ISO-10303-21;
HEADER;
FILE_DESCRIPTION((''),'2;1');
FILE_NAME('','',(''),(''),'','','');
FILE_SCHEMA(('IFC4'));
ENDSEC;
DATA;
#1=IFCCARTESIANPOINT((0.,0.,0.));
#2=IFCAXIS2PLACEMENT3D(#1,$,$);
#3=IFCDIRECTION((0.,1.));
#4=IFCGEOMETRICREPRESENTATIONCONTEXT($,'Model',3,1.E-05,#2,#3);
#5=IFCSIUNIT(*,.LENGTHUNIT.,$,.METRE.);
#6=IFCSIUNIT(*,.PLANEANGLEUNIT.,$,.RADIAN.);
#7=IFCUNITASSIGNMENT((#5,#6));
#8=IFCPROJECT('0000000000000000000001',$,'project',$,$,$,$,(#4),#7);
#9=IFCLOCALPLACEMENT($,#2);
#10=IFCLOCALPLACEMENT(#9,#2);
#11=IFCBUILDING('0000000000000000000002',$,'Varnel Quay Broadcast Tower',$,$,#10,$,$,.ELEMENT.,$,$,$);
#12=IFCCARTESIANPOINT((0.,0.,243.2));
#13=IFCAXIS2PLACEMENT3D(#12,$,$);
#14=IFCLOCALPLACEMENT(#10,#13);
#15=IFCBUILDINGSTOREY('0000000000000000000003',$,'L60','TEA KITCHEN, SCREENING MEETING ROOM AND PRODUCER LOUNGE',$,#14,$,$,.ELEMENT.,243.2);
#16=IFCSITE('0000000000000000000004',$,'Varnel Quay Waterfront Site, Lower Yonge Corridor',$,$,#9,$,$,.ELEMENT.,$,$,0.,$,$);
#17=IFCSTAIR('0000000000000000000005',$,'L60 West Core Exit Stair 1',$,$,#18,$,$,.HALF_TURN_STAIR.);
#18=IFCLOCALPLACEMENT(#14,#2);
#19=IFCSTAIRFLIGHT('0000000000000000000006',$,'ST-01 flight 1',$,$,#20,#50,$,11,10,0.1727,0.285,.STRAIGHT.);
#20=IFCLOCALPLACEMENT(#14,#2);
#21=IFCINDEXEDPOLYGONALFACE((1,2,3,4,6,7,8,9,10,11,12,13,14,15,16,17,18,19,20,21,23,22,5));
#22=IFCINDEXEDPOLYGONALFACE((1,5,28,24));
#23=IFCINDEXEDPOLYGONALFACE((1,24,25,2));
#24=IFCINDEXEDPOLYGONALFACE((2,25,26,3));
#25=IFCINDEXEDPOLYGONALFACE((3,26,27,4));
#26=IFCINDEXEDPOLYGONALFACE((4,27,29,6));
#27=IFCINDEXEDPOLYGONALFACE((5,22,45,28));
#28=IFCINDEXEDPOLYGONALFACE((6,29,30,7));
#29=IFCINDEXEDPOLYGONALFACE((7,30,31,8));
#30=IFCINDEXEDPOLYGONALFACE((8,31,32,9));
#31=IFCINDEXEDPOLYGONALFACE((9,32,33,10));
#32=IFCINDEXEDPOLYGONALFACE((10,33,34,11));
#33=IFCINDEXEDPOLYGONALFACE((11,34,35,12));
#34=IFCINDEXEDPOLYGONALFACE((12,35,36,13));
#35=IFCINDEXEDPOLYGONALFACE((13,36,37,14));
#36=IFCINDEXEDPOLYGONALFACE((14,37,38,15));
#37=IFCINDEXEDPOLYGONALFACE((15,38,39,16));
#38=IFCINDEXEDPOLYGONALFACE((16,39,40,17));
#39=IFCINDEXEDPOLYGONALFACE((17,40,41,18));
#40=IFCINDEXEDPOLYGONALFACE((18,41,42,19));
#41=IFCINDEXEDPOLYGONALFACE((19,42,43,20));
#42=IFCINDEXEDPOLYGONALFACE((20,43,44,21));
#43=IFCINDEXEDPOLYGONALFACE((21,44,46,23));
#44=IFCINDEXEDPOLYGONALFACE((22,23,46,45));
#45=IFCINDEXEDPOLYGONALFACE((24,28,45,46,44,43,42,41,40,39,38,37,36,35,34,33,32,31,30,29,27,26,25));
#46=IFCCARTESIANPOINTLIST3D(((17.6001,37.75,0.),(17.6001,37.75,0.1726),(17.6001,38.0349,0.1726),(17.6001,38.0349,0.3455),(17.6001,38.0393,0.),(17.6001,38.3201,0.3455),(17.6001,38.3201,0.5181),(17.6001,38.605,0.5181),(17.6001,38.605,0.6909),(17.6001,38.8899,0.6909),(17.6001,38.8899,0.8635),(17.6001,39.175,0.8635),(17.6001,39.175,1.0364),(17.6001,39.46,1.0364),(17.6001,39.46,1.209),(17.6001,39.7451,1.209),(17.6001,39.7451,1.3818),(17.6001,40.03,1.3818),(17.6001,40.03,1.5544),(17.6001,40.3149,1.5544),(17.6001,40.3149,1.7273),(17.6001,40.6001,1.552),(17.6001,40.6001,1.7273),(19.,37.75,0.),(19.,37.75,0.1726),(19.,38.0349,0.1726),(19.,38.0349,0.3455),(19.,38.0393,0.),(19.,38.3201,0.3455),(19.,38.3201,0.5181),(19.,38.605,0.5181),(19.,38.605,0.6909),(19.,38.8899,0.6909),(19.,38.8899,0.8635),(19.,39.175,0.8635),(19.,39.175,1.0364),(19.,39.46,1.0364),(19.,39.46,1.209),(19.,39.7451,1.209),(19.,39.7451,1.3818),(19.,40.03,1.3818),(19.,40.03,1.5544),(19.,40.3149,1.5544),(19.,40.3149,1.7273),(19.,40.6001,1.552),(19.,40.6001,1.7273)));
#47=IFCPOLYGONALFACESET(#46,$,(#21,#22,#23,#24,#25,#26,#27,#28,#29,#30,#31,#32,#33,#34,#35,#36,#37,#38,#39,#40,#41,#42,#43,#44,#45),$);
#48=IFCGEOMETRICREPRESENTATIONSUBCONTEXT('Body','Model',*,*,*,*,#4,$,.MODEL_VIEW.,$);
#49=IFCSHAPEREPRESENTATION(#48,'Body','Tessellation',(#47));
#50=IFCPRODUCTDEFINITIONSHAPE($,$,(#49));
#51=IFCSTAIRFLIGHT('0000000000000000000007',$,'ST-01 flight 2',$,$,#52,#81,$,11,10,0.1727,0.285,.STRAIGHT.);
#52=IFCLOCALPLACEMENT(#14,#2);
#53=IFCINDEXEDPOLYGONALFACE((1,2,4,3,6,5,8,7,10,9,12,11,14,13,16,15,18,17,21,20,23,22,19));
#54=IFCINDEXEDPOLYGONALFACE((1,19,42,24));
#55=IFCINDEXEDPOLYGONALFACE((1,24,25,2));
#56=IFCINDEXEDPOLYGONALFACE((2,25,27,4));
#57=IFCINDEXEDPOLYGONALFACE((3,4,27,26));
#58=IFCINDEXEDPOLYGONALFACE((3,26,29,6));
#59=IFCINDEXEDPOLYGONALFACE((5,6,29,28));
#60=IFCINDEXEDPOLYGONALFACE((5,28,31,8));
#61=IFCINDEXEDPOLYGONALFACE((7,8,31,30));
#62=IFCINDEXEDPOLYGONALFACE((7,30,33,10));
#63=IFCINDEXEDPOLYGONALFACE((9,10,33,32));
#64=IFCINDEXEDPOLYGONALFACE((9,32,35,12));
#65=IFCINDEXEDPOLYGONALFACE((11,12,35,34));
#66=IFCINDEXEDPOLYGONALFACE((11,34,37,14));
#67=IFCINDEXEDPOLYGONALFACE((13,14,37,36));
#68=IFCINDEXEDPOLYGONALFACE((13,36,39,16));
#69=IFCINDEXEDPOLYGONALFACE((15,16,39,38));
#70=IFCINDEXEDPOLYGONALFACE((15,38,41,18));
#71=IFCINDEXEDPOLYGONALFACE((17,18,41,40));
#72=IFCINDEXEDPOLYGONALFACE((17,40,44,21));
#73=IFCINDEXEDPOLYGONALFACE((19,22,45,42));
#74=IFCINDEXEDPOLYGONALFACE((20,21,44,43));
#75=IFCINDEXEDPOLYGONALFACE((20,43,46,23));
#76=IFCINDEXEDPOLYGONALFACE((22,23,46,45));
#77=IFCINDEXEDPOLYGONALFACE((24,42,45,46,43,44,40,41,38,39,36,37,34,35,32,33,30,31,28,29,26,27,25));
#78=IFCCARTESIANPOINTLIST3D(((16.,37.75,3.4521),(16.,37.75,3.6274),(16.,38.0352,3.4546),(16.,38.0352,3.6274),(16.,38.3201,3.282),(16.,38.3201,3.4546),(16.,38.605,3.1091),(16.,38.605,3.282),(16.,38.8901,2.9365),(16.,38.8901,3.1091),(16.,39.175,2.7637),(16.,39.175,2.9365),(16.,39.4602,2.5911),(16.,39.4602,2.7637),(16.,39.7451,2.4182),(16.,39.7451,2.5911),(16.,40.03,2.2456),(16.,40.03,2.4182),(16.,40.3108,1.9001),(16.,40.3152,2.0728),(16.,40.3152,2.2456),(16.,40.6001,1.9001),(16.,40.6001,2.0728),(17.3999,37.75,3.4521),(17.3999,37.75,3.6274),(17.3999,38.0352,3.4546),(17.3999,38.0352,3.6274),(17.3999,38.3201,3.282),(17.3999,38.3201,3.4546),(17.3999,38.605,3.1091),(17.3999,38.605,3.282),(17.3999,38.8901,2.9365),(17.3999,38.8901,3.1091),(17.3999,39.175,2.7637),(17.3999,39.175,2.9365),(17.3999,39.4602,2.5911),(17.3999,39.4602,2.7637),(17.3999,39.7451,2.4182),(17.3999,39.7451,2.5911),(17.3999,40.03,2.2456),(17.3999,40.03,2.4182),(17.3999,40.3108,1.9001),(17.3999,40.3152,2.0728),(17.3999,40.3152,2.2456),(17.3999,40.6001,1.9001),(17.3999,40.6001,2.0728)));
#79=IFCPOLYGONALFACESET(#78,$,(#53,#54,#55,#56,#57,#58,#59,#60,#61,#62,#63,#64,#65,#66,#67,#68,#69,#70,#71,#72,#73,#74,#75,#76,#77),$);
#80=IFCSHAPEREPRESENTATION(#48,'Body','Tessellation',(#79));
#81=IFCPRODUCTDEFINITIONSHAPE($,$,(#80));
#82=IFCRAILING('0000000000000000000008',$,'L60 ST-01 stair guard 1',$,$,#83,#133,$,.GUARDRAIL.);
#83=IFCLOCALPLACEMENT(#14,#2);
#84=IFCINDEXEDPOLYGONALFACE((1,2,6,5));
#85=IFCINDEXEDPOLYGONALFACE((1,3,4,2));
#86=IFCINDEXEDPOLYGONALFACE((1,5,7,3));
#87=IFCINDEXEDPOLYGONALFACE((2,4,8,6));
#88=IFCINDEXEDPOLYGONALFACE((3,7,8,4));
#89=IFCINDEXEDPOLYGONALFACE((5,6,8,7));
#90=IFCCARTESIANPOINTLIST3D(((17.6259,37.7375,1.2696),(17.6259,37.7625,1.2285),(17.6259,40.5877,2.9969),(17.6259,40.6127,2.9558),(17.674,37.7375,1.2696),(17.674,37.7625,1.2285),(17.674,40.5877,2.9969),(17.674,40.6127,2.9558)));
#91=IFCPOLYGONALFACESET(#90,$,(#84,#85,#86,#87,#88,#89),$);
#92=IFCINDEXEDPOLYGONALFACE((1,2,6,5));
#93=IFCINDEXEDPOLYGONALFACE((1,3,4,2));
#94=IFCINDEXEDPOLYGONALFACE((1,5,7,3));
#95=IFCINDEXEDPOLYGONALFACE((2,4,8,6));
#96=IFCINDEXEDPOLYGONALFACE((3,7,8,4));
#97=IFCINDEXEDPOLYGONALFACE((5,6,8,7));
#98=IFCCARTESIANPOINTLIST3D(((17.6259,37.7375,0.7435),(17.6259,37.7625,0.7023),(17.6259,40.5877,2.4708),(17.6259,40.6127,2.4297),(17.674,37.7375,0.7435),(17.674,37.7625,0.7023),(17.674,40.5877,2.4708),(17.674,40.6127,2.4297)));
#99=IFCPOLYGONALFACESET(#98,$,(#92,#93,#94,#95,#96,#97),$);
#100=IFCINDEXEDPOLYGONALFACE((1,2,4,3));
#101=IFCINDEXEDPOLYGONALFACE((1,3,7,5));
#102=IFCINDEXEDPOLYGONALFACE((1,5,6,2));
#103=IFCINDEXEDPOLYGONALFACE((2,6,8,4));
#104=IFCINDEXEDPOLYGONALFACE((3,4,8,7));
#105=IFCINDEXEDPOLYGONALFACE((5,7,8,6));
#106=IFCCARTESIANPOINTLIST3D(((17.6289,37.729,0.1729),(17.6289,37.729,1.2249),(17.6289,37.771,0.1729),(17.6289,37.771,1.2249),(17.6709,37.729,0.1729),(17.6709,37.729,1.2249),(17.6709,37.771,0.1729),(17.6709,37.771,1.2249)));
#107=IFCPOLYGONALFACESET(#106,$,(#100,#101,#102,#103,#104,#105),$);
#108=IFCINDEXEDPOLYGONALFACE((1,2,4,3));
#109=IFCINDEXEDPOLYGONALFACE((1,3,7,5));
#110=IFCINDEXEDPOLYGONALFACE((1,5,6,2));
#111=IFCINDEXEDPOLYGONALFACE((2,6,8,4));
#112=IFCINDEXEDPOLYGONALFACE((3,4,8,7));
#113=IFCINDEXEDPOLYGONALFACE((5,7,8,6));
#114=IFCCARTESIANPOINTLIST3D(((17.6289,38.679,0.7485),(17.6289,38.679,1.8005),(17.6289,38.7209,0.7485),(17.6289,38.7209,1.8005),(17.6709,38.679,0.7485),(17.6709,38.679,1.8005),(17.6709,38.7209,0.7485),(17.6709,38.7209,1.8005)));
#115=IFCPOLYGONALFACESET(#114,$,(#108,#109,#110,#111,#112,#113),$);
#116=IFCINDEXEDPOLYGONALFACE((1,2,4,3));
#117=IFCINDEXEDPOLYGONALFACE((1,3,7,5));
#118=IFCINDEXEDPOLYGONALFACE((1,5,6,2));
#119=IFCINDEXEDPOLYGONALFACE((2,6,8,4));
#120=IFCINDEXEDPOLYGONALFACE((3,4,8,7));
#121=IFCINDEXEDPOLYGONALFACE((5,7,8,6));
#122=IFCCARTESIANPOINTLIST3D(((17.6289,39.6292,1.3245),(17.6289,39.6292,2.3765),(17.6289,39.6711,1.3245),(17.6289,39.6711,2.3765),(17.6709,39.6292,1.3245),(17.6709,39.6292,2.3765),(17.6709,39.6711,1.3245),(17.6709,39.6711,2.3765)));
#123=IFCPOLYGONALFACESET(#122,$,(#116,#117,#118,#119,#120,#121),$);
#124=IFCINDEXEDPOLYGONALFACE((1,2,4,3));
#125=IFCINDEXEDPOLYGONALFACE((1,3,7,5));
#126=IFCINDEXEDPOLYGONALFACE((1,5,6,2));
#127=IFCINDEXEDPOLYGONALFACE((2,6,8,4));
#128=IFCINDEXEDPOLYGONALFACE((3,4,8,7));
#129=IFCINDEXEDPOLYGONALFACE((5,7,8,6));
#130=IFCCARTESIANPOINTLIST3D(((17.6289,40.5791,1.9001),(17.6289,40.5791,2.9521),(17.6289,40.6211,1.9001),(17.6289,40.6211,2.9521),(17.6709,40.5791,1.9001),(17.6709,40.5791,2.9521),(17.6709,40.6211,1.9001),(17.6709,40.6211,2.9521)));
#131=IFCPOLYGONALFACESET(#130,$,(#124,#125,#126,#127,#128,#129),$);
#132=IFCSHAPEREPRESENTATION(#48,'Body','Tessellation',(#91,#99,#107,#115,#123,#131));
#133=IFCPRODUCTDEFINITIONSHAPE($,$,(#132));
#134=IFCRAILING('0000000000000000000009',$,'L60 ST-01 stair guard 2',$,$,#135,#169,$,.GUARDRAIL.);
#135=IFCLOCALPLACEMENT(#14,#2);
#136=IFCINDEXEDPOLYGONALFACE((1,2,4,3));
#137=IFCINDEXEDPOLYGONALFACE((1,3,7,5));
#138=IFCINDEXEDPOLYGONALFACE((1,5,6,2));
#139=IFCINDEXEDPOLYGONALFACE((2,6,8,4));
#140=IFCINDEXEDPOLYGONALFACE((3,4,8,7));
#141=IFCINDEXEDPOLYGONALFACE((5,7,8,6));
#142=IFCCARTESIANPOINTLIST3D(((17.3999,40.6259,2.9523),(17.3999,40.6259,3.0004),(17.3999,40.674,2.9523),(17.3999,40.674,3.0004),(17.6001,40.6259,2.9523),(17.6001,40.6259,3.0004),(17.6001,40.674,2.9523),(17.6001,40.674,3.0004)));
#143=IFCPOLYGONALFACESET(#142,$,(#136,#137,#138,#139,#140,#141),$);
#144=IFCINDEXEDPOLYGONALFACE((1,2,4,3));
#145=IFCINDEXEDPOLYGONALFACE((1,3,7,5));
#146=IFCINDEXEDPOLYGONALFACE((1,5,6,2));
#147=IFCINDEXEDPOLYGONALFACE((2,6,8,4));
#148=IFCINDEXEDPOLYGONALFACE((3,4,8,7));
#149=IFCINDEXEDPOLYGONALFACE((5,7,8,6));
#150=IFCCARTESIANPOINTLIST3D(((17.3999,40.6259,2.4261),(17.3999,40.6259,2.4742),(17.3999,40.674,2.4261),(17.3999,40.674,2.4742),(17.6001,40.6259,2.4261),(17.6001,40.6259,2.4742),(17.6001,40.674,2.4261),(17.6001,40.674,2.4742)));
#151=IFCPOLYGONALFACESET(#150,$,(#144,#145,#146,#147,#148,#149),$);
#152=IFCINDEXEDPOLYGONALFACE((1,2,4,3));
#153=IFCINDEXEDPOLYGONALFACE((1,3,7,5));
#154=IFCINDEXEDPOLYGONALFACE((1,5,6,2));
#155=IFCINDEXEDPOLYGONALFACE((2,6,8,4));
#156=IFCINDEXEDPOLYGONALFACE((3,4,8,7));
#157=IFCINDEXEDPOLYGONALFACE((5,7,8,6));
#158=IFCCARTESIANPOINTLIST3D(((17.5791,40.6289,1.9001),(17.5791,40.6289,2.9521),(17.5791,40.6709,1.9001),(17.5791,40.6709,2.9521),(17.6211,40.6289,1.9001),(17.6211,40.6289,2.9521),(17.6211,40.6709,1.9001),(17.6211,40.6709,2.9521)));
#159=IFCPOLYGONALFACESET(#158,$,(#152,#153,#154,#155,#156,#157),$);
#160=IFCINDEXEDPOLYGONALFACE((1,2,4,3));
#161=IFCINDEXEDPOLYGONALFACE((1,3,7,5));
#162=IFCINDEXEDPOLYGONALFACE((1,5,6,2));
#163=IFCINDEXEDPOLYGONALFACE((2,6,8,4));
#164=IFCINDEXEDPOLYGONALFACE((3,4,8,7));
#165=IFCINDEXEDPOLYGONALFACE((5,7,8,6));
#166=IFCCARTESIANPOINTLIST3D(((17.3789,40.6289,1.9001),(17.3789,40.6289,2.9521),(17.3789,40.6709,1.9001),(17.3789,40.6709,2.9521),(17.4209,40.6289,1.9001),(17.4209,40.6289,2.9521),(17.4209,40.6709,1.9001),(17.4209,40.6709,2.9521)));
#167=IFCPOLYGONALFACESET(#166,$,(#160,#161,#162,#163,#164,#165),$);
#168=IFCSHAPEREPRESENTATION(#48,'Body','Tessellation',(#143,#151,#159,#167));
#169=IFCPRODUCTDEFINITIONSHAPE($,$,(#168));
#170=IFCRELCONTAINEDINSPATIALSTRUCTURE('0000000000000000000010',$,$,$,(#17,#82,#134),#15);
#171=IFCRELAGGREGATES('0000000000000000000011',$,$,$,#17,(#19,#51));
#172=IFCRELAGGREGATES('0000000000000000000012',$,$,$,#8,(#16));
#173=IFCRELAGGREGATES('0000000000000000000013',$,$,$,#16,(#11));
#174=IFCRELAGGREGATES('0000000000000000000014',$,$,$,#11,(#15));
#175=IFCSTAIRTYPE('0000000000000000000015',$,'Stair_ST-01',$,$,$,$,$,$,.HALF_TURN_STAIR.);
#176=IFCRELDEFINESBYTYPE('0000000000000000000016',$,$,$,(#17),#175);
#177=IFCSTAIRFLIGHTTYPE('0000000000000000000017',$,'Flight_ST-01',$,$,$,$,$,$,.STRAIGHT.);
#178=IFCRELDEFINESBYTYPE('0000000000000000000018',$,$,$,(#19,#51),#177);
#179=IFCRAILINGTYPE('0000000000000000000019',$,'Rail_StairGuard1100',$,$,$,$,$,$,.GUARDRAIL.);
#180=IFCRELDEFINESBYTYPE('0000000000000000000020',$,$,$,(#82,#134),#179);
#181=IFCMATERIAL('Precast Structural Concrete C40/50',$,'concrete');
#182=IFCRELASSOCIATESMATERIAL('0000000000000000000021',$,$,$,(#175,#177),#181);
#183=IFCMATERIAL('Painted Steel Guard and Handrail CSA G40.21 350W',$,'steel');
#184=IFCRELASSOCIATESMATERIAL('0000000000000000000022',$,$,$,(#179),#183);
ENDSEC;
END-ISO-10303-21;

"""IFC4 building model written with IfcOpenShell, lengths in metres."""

from ifc_helpers import new_model, si_unit, direction, frame, origin, origin_2d, place, context, subcontext, project, spatial, polyline, rectangle, outline, extrude, material, type_object, element, aggregate, save


model = new_model("IFC4")

# Units and contexts
model_context = context("Model", 3, precision=1e-05, world=origin(), true_north=direction((0.0, 1.0)))
body_context = subcontext(model_context, "Body", "Model", "MODEL_VIEW")
ifc_project = project(units=[si_unit("LENGTHUNIT", "METRE"), si_unit("PLANEANGLEUNIT", "RADIAN")], contexts=[model_context])

# Site, building, storey
site_placement = place(None, origin())
site = spatial("IfcSite", under=ifc_project, at=site_placement, Name="Varnel Quay Waterfront Site, Lower Yonge Corridor", CompositionType="ELEMENT", RefElevation=0.0)
building_placement = place(site_placement, origin())
building = spatial("IfcBuilding", under=site, at=building_placement, Name="Varnel Quay Broadcast Tower", CompositionType="ELEMENT")
storey_placement = place(building_placement, frame((0.0, 0.0, 243.2)))
storey = spatial("IfcBuildingStorey", under=building, at=storey_placement, Name="L60", Description="TEA KITCHEN, SCREENING MEETING ROOM AND PRODUCER LOUNGE", CompositionType="ELEMENT", Elevation=243.2)

# Stair, stair flights
ifc_material_1 = material(Name="Precast Structural Concrete C40/50", Category="concrete")
stair_type = type_object("IfcStairType", Name="Stair_ST-01", PredefinedType="HALF_TURN_STAIR", material=ifc_material_1)
stair_placement = place(storey_placement, origin())
stair = element("IfcStair", 1, at=stair_placement, inside=storey, type_object=stair_type, Name="L60 West Core Exit Stair 1", PredefinedType="HALF_TURN_STAIR")
stair_flight_type = type_object("IfcStairFlightType", Name="Flight_ST-01", PredefinedType="STRAIGHT", material=ifc_material_1)
stair_flight_1_placement = place(storey_placement, frame((18.3, 37.75, 0.0), z_axis=(0.0, 0.0, 1.0), x_axis=(0.0, 1.0, 0.0)))
stair_flight_1 = element("IfcStairFlight", 2, at=stair_flight_1_placement, type_object=stair_flight_type, Name="ST-01 flight 1", NumberOfRisers=11, NumberOfTreads=10, PredefinedType="STRAIGHT", RiserHeight=0.1727, TreadLength=0.285, context=body_context, shape_type="SweptSolid", body=[
    extrude(outline(polyline([(0.0, 0.0), (0.0, 0.1726), (0.2849, 0.1726), (0.2849, 0.3455), (0.5701, 0.3455), (0.5701, 0.5181), (0.855, 0.5181), (0.855, 0.6909), (1.1399, 0.6909), (1.1399, 0.8635), (1.425, 0.8635), (1.425, 1.0364), (1.71, 1.0364), (1.71, 1.209), (1.9951, 1.209), (1.9951, 1.3818), (2.28, 1.3818), (2.28, 1.5544), (2.5649, 1.5544), (2.5649, 1.7273), (2.8501, 1.7273), (2.8501, 1.8999), (2.8501, 1.552), (0.2893, 0.0), (0.0, 0.0)])), frame((0.0, 0.7, 0.0), z_axis=(0.0, -1.0, 0.0), x_axis=(1.0, 0.0, 0.0)), (0.0, 0.0, 1.0), 1.3999),
])
stair_flight_2_placement = place(storey_placement, frame((16.7, 40.6001, 1.9001), z_axis=(0.0, 0.0, 1.0), x_axis=(0.0, -1.0, 0.0)))
stair_flight_2 = element("IfcStairFlight", 3, at=stair_flight_2_placement, type_object=stair_flight_type, Name="ST-01 flight 2", NumberOfRisers=11, NumberOfTreads=10, PredefinedType="STRAIGHT", RiserHeight=0.1727, TreadLength=0.285, context=body_context, shape_type="SweptSolid", body=[
    extrude(outline(polyline([(0.0, 0.0), (0.0, 0.1726), (0.2849, 0.1726), (0.2849, 0.3455), (0.5701, 0.3455), (0.5701, 0.5181), (0.855, 0.5181), (0.855, 0.6909), (1.1399, 0.6909), (1.1399, 0.8635), (1.425, 0.8635), (1.425, 1.0364), (1.71, 1.0364), (1.71, 1.209), (1.9951, 1.209), (1.9951, 1.3818), (2.28, 1.3818), (2.28, 1.5544), (2.5649, 1.5544), (2.5649, 1.7273), (2.8501, 1.7273), (2.8501, 1.8999), (2.8501, 1.552), (0.2893, 0.0), (0.0, 0.0)])), frame((0.0, 0.7, 0.0), z_axis=(0.0, -1.0, 0.0), x_axis=(1.0, 0.0, 0.0)), (0.0, 0.0, 1.0), 1.3999),
])
aggregate(stair, [stair_flight_1, stair_flight_2])

# Railings
ifc_material_2 = material(Name="Painted Steel Guard and Handrail CSA G40.21 350W", Category="steel")
railing_type_1 = type_object("IfcRailingType", Name="Rail_StairGuard1100", PredefinedType="GUARDRAIL", material=ifc_material_2)
railing_1_placement = place(storey_placement, frame((17.6499, 37.75, 0.1729)))
element("IfcRailing", 4, at=railing_1_placement, inside=storey, type_object=railing_type_1, Name="L60 ST-01 stair guard 1", PredefinedType="GUARDRAIL", context=body_context, shape_type="SweptSolid", body=[
    extrude(rectangle(XDim=0.0481, YDim=0.0481, at=origin_2d()), frame((0.0, 0.0, 1.0762), z_axis=(0.0, 0.855203, 0.518294), x_axis=(-1.0, 0.0, 0.0)), (0.0, 0.0, 1.0), 3.3328),
    extrude(rectangle(XDim=0.0481, YDim=0.0481, at=origin_2d()), frame((0.0, 0.0, 0.55), z_axis=(0.0, 0.855203, 0.518294), x_axis=(-1.0, 0.0, 0.0)), (0.0, 0.0, 1.0), 3.3328),
    extrude(rectangle(XDim=0.042, YDim=0.042, at=origin_2d()), origin(), (0.0, 0.0, 1.0), 1.052),
    extrude(rectangle(XDim=0.042, YDim=0.042, at=origin_2d()), frame((0.0, 0.95, 0.5757)), (0.0, 0.0, 1.0), 1.052),
    extrude(rectangle(XDim=0.042, YDim=0.042, at=origin_2d()), frame((0.0, 1.9001, 1.1516)), (0.0, 0.0, 1.0), 1.052),
    extrude(rectangle(XDim=0.042, YDim=0.042, at=origin_2d()), frame((0.0, 2.8501, 1.7273)), (0.0, 0.0, 1.0), 1.052),
])
railing_2_placement = place(storey_placement, frame((17.6001, 40.6499, 1.9001)))
element("IfcRailing", 5, at=railing_2_placement, inside=storey, type_object=railing_type_1, Name="L60 ST-01 stair guard 2", PredefinedType="GUARDRAIL", context=body_context, shape_type="SweptSolid", body=[
    extrude(rectangle(XDim=0.0481, YDim=0.0481, at=origin_2d()), frame((0.0, 0.0, 1.0762), z_axis=(-1.0, 0.0, 0.0), x_axis=(0.0, -1.0, 0.0)), (0.0, 0.0, 1.0), 0.2002),
    extrude(rectangle(XDim=0.0481, YDim=0.0481, at=origin_2d()), frame((0.0, 0.0, 0.55), z_axis=(-1.0, 0.0, 0.0), x_axis=(0.0, -1.0, 0.0)), (0.0, 0.0, 1.0), 0.2002),
    extrude(rectangle(XDim=0.042, YDim=0.042, at=origin_2d()), origin(), (0.0, 0.0, 1.0), 1.052),
    extrude(rectangle(XDim=0.042, YDim=0.042, at=origin_2d()), frame((-0.2002, 0.0, 0.0)), (0.0, 0.0, 1.0), 1.052),
])

save(model, "model.ifc")
